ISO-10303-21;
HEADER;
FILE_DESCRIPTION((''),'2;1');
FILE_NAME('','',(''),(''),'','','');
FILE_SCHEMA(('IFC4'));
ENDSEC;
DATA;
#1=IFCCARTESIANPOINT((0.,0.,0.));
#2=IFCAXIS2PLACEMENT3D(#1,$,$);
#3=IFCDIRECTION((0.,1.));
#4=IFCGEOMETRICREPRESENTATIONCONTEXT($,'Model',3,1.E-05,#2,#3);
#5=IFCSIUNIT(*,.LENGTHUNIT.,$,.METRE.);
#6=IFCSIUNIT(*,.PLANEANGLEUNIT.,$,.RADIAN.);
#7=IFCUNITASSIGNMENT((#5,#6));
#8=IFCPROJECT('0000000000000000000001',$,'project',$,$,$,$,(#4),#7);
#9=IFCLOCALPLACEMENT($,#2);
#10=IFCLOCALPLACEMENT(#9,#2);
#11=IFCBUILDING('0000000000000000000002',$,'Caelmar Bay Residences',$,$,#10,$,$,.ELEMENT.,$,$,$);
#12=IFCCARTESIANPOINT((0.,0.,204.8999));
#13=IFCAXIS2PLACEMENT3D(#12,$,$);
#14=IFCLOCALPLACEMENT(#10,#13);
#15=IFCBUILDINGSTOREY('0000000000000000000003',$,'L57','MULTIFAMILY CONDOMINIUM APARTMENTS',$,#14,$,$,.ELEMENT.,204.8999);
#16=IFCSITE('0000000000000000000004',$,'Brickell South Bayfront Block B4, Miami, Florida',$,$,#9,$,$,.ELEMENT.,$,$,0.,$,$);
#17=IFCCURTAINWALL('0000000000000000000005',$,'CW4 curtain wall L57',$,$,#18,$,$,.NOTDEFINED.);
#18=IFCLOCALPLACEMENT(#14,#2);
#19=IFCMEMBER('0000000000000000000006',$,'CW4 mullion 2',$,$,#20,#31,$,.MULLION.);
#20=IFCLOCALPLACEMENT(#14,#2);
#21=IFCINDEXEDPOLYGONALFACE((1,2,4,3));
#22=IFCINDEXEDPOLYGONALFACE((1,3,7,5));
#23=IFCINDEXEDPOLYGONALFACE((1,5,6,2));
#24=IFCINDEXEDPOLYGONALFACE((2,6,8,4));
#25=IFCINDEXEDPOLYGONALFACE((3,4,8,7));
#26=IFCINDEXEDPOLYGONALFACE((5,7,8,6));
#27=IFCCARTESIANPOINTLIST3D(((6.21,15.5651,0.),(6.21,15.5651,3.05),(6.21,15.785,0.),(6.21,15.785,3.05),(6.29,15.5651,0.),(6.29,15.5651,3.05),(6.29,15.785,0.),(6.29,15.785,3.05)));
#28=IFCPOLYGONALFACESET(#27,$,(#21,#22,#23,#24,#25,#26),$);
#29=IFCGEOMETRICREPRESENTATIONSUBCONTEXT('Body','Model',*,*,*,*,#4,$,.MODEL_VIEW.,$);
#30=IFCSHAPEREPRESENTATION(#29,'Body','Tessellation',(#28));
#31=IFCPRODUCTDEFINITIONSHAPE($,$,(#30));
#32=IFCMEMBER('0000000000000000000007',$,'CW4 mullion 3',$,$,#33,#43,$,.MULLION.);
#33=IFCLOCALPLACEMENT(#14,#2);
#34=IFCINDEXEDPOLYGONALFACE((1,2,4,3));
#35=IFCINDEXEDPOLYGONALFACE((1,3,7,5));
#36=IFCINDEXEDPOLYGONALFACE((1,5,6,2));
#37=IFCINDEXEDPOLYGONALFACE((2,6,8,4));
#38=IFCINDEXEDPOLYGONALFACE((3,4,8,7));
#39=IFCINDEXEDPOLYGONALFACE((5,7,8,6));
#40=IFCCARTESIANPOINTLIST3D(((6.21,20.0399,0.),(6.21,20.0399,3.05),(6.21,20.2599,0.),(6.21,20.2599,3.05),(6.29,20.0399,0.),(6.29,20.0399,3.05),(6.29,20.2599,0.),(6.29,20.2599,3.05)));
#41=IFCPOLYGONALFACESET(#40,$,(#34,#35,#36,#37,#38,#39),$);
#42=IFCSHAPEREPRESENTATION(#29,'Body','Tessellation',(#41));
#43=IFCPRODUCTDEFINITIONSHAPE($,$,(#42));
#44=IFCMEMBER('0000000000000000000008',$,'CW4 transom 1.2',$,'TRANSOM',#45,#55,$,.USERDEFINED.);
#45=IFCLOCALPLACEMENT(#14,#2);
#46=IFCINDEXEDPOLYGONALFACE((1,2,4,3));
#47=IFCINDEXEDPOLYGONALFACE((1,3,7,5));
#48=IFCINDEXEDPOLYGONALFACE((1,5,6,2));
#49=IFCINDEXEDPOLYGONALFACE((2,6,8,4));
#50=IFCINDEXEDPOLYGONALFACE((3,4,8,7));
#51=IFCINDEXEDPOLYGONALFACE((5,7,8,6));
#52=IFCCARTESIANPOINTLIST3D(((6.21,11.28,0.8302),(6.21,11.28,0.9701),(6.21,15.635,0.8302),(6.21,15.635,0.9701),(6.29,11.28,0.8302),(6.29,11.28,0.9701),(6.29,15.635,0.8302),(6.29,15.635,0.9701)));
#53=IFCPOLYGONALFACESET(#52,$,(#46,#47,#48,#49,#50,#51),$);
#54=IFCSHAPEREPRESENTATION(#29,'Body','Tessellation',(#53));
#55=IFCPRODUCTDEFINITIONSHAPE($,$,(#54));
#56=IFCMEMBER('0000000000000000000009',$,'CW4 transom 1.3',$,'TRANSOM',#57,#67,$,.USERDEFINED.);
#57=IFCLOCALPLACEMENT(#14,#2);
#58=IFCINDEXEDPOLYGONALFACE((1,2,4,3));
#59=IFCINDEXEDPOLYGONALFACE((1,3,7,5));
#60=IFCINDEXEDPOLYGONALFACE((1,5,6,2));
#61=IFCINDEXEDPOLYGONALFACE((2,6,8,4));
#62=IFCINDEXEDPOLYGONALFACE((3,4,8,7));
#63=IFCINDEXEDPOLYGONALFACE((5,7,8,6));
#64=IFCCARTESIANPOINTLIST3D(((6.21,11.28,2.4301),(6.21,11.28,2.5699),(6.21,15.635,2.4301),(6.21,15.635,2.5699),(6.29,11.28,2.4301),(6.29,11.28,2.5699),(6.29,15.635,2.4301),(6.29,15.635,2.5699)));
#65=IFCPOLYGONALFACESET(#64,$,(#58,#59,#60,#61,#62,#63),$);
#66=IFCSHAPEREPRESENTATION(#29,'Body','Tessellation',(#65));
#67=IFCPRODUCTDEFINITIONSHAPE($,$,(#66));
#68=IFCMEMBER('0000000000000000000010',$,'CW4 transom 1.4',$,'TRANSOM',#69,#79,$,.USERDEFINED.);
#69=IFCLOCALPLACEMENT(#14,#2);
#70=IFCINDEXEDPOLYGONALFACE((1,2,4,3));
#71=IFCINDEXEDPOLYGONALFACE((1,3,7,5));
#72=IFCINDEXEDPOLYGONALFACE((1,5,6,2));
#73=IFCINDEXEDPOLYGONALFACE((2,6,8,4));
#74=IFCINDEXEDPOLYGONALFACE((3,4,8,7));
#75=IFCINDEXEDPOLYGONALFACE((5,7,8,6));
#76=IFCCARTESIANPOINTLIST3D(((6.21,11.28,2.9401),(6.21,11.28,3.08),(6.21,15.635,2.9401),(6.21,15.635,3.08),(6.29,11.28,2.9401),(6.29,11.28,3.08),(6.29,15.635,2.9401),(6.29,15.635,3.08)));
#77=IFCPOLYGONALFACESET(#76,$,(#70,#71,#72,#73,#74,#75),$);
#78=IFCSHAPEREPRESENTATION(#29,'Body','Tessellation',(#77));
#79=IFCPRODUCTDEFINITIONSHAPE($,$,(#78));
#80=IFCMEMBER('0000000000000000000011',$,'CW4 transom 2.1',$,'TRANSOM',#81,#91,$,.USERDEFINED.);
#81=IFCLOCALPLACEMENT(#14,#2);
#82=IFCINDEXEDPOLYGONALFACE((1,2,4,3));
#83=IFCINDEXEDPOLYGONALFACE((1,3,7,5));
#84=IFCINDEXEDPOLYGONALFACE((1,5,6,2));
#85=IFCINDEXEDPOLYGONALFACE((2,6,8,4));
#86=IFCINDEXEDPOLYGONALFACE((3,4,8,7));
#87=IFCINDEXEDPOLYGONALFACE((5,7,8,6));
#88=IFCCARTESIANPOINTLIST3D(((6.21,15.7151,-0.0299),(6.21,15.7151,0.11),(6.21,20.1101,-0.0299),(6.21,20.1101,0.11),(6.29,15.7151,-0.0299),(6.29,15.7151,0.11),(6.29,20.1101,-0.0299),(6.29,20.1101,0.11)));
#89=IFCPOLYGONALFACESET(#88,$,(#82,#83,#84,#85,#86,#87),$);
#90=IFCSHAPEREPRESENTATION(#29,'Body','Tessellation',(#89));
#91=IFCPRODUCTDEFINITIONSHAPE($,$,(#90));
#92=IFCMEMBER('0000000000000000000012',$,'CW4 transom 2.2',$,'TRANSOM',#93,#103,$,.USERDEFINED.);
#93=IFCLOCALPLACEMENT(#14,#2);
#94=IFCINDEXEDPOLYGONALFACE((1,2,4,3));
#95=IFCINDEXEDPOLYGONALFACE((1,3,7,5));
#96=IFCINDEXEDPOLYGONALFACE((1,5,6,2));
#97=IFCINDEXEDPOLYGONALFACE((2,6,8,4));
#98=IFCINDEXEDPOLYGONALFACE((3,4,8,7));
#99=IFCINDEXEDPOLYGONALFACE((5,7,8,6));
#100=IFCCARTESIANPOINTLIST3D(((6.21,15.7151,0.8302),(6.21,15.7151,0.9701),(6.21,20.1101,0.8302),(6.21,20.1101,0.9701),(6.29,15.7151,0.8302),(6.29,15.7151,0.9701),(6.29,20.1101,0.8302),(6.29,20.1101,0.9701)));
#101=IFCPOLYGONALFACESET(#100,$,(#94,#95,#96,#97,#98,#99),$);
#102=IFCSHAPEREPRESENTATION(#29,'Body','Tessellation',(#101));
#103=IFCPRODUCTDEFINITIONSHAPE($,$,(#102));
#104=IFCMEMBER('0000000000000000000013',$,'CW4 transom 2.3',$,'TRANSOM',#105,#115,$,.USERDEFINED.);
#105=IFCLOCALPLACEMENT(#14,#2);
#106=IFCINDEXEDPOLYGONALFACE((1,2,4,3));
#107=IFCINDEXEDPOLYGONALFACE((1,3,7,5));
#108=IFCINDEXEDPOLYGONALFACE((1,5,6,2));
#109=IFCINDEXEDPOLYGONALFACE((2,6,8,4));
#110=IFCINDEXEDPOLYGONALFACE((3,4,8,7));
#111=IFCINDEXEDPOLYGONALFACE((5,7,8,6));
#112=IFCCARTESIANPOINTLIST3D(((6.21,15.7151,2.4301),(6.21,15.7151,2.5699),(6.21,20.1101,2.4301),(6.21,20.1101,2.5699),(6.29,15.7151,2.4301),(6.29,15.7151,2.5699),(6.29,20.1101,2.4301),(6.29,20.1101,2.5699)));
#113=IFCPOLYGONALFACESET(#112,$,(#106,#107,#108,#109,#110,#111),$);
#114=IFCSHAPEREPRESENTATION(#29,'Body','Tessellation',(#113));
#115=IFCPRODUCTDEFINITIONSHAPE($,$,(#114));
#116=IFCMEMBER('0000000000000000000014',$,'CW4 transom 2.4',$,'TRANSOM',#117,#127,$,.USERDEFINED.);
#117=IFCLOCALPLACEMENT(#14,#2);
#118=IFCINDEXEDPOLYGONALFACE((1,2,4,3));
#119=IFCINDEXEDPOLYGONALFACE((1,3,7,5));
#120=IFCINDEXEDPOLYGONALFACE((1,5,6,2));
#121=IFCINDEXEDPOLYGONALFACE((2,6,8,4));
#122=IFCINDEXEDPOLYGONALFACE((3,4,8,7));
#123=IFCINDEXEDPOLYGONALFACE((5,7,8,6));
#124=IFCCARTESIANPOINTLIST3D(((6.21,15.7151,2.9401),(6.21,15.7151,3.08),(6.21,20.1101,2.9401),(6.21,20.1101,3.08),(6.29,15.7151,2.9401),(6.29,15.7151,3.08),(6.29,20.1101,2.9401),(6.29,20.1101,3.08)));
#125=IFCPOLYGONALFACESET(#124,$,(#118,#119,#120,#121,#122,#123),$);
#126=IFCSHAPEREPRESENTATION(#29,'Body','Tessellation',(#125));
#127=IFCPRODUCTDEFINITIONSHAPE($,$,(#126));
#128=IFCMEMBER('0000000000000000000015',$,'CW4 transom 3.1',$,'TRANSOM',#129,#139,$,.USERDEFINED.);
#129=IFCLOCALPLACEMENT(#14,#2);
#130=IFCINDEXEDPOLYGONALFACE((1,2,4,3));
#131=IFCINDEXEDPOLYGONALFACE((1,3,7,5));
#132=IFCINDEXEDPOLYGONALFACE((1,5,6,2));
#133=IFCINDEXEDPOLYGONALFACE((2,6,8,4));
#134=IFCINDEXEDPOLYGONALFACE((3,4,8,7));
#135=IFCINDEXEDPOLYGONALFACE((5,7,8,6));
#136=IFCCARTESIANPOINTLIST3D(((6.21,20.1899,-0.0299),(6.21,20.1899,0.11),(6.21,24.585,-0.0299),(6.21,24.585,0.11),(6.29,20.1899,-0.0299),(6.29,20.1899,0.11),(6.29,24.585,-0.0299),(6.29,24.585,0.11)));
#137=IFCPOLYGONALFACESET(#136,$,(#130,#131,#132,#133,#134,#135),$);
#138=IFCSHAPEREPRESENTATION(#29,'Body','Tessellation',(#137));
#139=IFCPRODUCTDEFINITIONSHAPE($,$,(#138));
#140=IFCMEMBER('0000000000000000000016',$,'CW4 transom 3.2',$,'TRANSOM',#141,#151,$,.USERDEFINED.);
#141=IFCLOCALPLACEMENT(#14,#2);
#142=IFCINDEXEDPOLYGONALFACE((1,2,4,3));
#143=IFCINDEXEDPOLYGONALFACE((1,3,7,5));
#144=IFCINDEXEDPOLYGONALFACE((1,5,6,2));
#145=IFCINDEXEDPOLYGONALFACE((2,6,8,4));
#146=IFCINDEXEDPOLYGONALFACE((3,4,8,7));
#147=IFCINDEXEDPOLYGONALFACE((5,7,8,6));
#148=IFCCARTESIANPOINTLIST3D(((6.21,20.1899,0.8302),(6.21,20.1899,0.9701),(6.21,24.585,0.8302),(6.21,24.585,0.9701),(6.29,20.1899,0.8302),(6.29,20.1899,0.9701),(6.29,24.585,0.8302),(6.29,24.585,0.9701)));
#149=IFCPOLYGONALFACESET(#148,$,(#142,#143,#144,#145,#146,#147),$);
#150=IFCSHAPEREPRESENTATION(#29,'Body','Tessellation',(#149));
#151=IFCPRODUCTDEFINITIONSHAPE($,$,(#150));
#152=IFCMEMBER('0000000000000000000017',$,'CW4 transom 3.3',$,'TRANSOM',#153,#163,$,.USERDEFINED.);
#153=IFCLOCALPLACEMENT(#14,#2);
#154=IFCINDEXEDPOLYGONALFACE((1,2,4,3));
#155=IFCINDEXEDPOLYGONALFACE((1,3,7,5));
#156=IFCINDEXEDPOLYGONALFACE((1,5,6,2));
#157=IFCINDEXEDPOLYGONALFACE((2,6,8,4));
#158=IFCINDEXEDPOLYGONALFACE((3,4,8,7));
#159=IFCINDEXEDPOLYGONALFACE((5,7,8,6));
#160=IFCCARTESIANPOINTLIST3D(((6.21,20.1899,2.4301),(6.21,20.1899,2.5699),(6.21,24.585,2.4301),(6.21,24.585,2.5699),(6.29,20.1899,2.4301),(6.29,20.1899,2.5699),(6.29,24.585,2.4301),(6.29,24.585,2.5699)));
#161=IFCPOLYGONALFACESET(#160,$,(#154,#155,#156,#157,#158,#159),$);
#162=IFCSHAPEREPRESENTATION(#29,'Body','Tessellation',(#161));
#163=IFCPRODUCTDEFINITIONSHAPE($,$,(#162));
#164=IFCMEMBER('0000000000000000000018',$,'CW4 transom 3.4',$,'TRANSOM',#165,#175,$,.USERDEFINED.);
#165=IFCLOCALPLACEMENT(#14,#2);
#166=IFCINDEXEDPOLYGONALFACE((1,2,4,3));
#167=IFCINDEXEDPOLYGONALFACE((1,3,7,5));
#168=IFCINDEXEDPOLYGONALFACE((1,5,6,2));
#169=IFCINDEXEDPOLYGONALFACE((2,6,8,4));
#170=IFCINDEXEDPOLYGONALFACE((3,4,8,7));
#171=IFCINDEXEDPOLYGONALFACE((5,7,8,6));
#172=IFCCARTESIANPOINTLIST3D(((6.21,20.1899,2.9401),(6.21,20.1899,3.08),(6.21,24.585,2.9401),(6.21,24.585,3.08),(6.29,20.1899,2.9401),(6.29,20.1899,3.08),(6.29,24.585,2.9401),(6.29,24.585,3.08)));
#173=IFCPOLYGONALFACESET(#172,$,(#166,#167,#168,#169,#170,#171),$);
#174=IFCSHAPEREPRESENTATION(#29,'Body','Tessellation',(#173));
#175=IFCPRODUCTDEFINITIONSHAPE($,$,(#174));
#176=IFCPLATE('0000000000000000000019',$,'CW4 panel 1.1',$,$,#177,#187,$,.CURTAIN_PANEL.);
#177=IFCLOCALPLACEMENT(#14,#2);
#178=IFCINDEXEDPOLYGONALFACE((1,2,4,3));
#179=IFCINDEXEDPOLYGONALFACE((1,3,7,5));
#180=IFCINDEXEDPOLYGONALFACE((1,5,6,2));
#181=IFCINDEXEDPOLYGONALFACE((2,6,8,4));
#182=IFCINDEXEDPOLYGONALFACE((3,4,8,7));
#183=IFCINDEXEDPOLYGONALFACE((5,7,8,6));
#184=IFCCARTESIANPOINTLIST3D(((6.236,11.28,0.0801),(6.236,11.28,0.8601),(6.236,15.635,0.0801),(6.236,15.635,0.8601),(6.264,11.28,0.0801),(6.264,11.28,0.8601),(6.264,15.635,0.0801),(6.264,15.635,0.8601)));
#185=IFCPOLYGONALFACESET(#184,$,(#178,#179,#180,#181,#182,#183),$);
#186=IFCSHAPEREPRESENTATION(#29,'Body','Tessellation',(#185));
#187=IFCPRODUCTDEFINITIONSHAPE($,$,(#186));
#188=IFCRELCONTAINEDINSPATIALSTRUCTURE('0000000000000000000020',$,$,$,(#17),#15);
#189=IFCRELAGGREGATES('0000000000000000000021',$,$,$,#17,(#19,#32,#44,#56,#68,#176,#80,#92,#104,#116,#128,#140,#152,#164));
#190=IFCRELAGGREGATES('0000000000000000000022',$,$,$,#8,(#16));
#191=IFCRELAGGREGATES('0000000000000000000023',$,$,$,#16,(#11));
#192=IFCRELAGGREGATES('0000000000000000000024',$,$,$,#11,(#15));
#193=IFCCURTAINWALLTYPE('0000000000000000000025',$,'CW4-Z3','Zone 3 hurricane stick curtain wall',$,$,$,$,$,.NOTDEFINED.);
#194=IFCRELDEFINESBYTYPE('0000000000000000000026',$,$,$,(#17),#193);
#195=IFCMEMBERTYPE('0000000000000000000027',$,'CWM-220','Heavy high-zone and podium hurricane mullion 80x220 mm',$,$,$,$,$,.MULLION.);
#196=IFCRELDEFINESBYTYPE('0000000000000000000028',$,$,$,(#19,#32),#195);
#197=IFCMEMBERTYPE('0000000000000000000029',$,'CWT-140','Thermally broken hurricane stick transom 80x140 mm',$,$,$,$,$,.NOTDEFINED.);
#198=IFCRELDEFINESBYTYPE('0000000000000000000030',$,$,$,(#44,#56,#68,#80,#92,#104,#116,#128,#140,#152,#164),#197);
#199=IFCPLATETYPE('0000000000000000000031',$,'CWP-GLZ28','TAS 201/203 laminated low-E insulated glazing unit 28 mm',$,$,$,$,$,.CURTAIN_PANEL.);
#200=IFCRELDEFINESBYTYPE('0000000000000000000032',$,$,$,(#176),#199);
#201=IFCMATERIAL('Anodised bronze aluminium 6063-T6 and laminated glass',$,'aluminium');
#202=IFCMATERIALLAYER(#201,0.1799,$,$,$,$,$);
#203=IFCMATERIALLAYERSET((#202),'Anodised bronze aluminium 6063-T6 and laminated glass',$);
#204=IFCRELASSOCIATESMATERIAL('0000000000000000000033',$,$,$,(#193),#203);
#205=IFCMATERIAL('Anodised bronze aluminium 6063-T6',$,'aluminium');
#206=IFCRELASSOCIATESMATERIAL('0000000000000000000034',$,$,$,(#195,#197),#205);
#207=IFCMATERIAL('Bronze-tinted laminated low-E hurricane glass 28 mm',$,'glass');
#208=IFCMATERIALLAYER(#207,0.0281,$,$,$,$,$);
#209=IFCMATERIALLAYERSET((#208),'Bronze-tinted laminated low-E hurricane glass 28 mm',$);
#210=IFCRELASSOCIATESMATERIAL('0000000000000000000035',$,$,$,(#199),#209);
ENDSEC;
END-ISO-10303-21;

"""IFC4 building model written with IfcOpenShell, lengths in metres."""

from ifc_helpers import new_model, si_unit, direction, frame, origin, origin_2d, place, context, subcontext, project, spatial, rectangle, extrude, material, layer, layer_set, material_profile, profile_set, type_object, element, aggregate, save


model = new_model("IFC4")

# Units and contexts
model_context = context("Model", 3, precision=1e-05, world=origin(), true_north=direction((0.0, 1.0)))
body_context = subcontext(model_context, "Body", "Model", "MODEL_VIEW")
ifc_project = project(units=[si_unit("LENGTHUNIT", "METRE"), si_unit("PLANEANGLEUNIT", "RADIAN")], contexts=[model_context])

# Site, building, storey
site_placement = place(None, origin())
site = spatial("IfcSite", under=ifc_project, at=site_placement, Name="Brickell South Bayfront Block B4, Miami, Florida", CompositionType="ELEMENT", RefElevation=0.0)
building_placement = place(site_placement, origin())
building = spatial("IfcBuilding", under=site, at=building_placement, Name="Caelmar Bay Residences", CompositionType="ELEMENT")
storey_placement = place(building_placement, frame((0.0, 0.0, 204.8999)))
storey = spatial("IfcBuildingStorey", under=building, at=storey_placement, Name="L57", Description="MULTIFAMILY CONDOMINIUM APARTMENTS", CompositionType="ELEMENT", Elevation=204.8999)

# Curtain wall, members, plate
ifc_material_1 = material(Name="Anodised bronze aluminium 6063-T6 and laminated glass", Category="aluminium")
ifc_layer_1 = layer(ifc_material_1, 0.1799)
ifc_layer_set_1 = layer_set([ifc_layer_1], Name="Anodised bronze aluminium 6063-T6 and laminated glass")
curtain_wall_type = type_object("IfcCurtainWallType", Name="CW4-Z3", Description="Zone 3 hurricane stick curtain wall", PredefinedType="NOTDEFINED", material=ifc_layer_set_1)
curtain_wall_placement = place(storey_placement, origin())
curtain_wall = element("IfcCurtainWall", 1, at=curtain_wall_placement, inside=storey, type_object=curtain_wall_type, Name="CW4 curtain wall L57", PredefinedType="NOTDEFINED")
ifc_material_2 = material(Name="Anodised bronze aluminium 6063-T6", Category="aluminium")
ifc_material_profile_1 = material_profile(ifc_material_2, rectangle(XDim=0.0801, YDim=0.22, at=origin_2d()), Name="CWM-80X220")
ifc_profile_set_1 = profile_set([ifc_material_profile_1], Name="Anodised bronze aluminium 6063-T6")
member_type_1 = type_object("IfcMemberType", Name="CWM-220", Description="Heavy high-zone and podium hurricane mullion 80x220 mm", PredefinedType="MULLION", material=ifc_profile_set_1)
member_1_placement = place(storey_placement, frame((6.25, 15.675, 0.0), z_axis=(0.0, 0.0, 1.0), x_axis=(-1.0, 0.0, 0.0)))
member_1 = element("IfcMember", 2, at=member_1_placement, type_object=member_type_1, Name="CW4 mullion 2", PredefinedType="MULLION", context=body_context, shape_type="SweptSolid", body=[
    extrude(rectangle(XDim=0.0801, YDim=0.22, at=origin_2d()), origin(), (0.0, 0.0, 1.0), 3.05),
])
member_2_placement = place(storey_placement, frame((6.25, 20.1499, 0.0), z_axis=(0.0, 0.0, 1.0), x_axis=(-1.0, 0.0, 0.0)))
member_2 = element("IfcMember", 3, at=member_2_placement, type_object=member_type_1, Name="CW4 mullion 3", PredefinedType="MULLION", context=body_context, shape_type="SweptSolid", body=[
    extrude(rectangle(XDim=0.0801, YDim=0.22, at=origin_2d()), origin(), (0.0, 0.0, 1.0), 3.05),
])
ifc_material_profile_2 = material_profile(ifc_material_2, rectangle(XDim=0.0801, YDim=0.1399, at=origin_2d()), Name="CWT-80X140")
ifc_profile_set_2 = profile_set([ifc_material_profile_2], Name="Anodised bronze aluminium 6063-T6")
member_type_2 = type_object("IfcMemberType", Name="CWT-140", Description="Thermally broken hurricane stick transom 80x140 mm", PredefinedType="NOTDEFINED", material=ifc_profile_set_2)
member_3_placement = place(storey_placement, frame((6.25, 11.28, 0.9001), z_axis=(0.0, 1.0, 0.0), x_axis=(-1.0, 0.0, 0.0)))
member_3 = element("IfcMember", 4, at=member_3_placement, type_object=member_type_2, Name="CW4 transom 1.2", ObjectType="TRANSOM", PredefinedType="USERDEFINED", context=body_context, shape_type="SweptSolid", body=[
    extrude(rectangle(XDim=0.0801, YDim=0.1399, at=origin_2d()), origin(), (0.0, 0.0, 1.0), 4.355),
])
member_4_placement = place(storey_placement, frame((6.25, 11.28, 2.5), z_axis=(0.0, 1.0, 0.0), x_axis=(-1.0, 0.0, 0.0)))
member_4 = element("IfcMember", 5, at=member_4_placement, type_object=member_type_2, Name="CW4 transom 1.3", ObjectType="TRANSOM", PredefinedType="USERDEFINED", context=body_context, shape_type="SweptSolid", body=[
    extrude(rectangle(XDim=0.0801, YDim=0.1399, at=origin_2d()), origin(), (0.0, 0.0, 1.0), 4.355),
])
member_5_placement = place(storey_placement, frame((6.25, 11.28, 3.01), z_axis=(0.0, 1.0, 0.0), x_axis=(-1.0, 0.0, 0.0)))
member_5 = element("IfcMember", 6, at=member_5_placement, type_object=member_type_2, Name="CW4 transom 1.4", ObjectType="TRANSOM", PredefinedType="USERDEFINED", context=body_context, shape_type="SweptSolid", body=[
    extrude(rectangle(XDim=0.0801, YDim=0.1399, at=origin_2d()), origin(), (0.0, 0.0, 1.0), 4.355),
])
member_6_placement = place(storey_placement, frame((6.25, 15.7151, 0.04), z_axis=(0.0, 1.0, 0.0), x_axis=(-1.0, 0.0, 0.0)))
member_6 = element("IfcMember", 7, at=member_6_placement, type_object=member_type_2, Name="CW4 transom 2.1", ObjectType="TRANSOM", PredefinedType="USERDEFINED", context=body_context, shape_type="SweptSolid", body=[
    extrude(rectangle(XDim=0.0801, YDim=0.1399, at=origin_2d()), origin(), (0.0, 0.0, 1.0), 4.395),
])
member_7_placement = place(storey_placement, frame((6.25, 15.7151, 0.9001), z_axis=(0.0, 1.0, 0.0), x_axis=(-1.0, 0.0, 0.0)))
member_7 = element("IfcMember", 8, at=member_7_placement, type_object=member_type_2, Name="CW4 transom 2.2", ObjectType="TRANSOM", PredefinedType="USERDEFINED", context=body_context, shape_type="SweptSolid", body=[
    extrude(rectangle(XDim=0.0801, YDim=0.1399, at=origin_2d()), origin(), (0.0, 0.0, 1.0), 4.395),
])
member_8_placement = place(storey_placement, frame((6.25, 15.7151, 2.5), z_axis=(0.0, 1.0, 0.0), x_axis=(-1.0, 0.0, 0.0)))
member_8 = element("IfcMember", 9, at=member_8_placement, type_object=member_type_2, Name="CW4 transom 2.3", ObjectType="TRANSOM", PredefinedType="USERDEFINED", context=body_context, shape_type="SweptSolid", body=[
    extrude(rectangle(XDim=0.0801, YDim=0.1399, at=origin_2d()), origin(), (0.0, 0.0, 1.0), 4.395),
])
member_9_placement = place(storey_placement, frame((6.25, 15.7151, 3.01), z_axis=(0.0, 1.0, 0.0), x_axis=(-1.0, 0.0, 0.0)))
member_9 = element("IfcMember", 10, at=member_9_placement, type_object=member_type_2, Name="CW4 transom 2.4", ObjectType="TRANSOM", PredefinedType="USERDEFINED", context=body_context, shape_type="SweptSolid", body=[
    extrude(rectangle(XDim=0.0801, YDim=0.1399, at=origin_2d()), origin(), (0.0, 0.0, 1.0), 4.395),
])
member_10_placement = place(storey_placement, frame((6.25, 20.1899, 0.04), z_axis=(0.0, 1.0, 0.0), x_axis=(-1.0, 0.0, 0.0)))
member_10 = element("IfcMember", 11, at=member_10_placement, type_object=member_type_2, Name="CW4 transom 3.1", ObjectType="TRANSOM", PredefinedType="USERDEFINED", context=body_context, shape_type="SweptSolid", body=[
    extrude(rectangle(XDim=0.0801, YDim=0.1399, at=origin_2d()), origin(), (0.0, 0.0, 1.0), 4.395),
])
member_11_placement = place(storey_placement, frame((6.25, 20.1899, 0.9001), z_axis=(0.0, 1.0, 0.0), x_axis=(-1.0, 0.0, 0.0)))
member_11 = element("IfcMember", 12, at=member_11_placement, type_object=member_type_2, Name="CW4 transom 3.2", ObjectType="TRANSOM", PredefinedType="USERDEFINED", context=body_context, shape_type="SweptSolid", body=[
    extrude(rectangle(XDim=0.0801, YDim=0.1399, at=origin_2d()), origin(), (0.0, 0.0, 1.0), 4.395),
])
member_12_placement = place(storey_placement, frame((6.25, 20.1899, 2.5), z_axis=(0.0, 1.0, 0.0), x_axis=(-1.0, 0.0, 0.0)))
member_12 = element("IfcMember", 13, at=member_12_placement, type_object=member_type_2, Name="CW4 transom 3.3", ObjectType="TRANSOM", PredefinedType="USERDEFINED", context=body_context, shape_type="SweptSolid", body=[
    extrude(rectangle(XDim=0.0801, YDim=0.1399, at=origin_2d()), origin(), (0.0, 0.0, 1.0), 4.395),
])
member_13_placement = place(storey_placement, frame((6.25, 20.1899, 3.01), z_axis=(0.0, 1.0, 0.0), x_axis=(-1.0, 0.0, 0.0)))
member_13 = element("IfcMember", 14, at=member_13_placement, type_object=member_type_2, Name="CW4 transom 3.4", ObjectType="TRANSOM", PredefinedType="USERDEFINED", context=body_context, shape_type="SweptSolid", body=[
    extrude(rectangle(XDim=0.0801, YDim=0.1399, at=origin_2d()), origin(), (0.0, 0.0, 1.0), 4.395),
])
ifc_material_3 = material(Name="Bronze-tinted laminated low-E hurricane glass 28 mm", Category="glass")
ifc_layer_2 = layer(ifc_material_3, 0.0281)
ifc_layer_set_2 = layer_set([ifc_layer_2], Name="Bronze-tinted laminated low-E hurricane glass 28 mm")
plate_type = type_object("IfcPlateType", Name="CWP-GLZ28", Description="TAS 201/203 laminated low-E insulated glazing unit 28 mm", PredefinedType="CURTAIN_PANEL", material=ifc_layer_set_2)
plate_1_placement = place(storey_placement, frame((6.25, 13.4575, 0.0801), z_axis=(0.0, 0.0, 1.0), x_axis=(0.0, 1.0, 0.0)))
plate_1 = element("IfcPlate", 15, at=plate_1_placement, type_object=plate_type, Name="CW4 panel 1.1", PredefinedType="CURTAIN_PANEL", context=body_context, shape_type="SweptSolid", body=[
    extrude(rectangle(XDim=4.355, YDim=0.0281, at=origin_2d()), origin(), (0.0, 0.0, 1.0), 0.78),
])
aggregate(curtain_wall, [member_1, member_2, member_3, member_4, member_5, plate_1, member_6, member_7, member_8, member_9, member_10, member_11, member_12, member_13])

save(model, "model.ifc")
